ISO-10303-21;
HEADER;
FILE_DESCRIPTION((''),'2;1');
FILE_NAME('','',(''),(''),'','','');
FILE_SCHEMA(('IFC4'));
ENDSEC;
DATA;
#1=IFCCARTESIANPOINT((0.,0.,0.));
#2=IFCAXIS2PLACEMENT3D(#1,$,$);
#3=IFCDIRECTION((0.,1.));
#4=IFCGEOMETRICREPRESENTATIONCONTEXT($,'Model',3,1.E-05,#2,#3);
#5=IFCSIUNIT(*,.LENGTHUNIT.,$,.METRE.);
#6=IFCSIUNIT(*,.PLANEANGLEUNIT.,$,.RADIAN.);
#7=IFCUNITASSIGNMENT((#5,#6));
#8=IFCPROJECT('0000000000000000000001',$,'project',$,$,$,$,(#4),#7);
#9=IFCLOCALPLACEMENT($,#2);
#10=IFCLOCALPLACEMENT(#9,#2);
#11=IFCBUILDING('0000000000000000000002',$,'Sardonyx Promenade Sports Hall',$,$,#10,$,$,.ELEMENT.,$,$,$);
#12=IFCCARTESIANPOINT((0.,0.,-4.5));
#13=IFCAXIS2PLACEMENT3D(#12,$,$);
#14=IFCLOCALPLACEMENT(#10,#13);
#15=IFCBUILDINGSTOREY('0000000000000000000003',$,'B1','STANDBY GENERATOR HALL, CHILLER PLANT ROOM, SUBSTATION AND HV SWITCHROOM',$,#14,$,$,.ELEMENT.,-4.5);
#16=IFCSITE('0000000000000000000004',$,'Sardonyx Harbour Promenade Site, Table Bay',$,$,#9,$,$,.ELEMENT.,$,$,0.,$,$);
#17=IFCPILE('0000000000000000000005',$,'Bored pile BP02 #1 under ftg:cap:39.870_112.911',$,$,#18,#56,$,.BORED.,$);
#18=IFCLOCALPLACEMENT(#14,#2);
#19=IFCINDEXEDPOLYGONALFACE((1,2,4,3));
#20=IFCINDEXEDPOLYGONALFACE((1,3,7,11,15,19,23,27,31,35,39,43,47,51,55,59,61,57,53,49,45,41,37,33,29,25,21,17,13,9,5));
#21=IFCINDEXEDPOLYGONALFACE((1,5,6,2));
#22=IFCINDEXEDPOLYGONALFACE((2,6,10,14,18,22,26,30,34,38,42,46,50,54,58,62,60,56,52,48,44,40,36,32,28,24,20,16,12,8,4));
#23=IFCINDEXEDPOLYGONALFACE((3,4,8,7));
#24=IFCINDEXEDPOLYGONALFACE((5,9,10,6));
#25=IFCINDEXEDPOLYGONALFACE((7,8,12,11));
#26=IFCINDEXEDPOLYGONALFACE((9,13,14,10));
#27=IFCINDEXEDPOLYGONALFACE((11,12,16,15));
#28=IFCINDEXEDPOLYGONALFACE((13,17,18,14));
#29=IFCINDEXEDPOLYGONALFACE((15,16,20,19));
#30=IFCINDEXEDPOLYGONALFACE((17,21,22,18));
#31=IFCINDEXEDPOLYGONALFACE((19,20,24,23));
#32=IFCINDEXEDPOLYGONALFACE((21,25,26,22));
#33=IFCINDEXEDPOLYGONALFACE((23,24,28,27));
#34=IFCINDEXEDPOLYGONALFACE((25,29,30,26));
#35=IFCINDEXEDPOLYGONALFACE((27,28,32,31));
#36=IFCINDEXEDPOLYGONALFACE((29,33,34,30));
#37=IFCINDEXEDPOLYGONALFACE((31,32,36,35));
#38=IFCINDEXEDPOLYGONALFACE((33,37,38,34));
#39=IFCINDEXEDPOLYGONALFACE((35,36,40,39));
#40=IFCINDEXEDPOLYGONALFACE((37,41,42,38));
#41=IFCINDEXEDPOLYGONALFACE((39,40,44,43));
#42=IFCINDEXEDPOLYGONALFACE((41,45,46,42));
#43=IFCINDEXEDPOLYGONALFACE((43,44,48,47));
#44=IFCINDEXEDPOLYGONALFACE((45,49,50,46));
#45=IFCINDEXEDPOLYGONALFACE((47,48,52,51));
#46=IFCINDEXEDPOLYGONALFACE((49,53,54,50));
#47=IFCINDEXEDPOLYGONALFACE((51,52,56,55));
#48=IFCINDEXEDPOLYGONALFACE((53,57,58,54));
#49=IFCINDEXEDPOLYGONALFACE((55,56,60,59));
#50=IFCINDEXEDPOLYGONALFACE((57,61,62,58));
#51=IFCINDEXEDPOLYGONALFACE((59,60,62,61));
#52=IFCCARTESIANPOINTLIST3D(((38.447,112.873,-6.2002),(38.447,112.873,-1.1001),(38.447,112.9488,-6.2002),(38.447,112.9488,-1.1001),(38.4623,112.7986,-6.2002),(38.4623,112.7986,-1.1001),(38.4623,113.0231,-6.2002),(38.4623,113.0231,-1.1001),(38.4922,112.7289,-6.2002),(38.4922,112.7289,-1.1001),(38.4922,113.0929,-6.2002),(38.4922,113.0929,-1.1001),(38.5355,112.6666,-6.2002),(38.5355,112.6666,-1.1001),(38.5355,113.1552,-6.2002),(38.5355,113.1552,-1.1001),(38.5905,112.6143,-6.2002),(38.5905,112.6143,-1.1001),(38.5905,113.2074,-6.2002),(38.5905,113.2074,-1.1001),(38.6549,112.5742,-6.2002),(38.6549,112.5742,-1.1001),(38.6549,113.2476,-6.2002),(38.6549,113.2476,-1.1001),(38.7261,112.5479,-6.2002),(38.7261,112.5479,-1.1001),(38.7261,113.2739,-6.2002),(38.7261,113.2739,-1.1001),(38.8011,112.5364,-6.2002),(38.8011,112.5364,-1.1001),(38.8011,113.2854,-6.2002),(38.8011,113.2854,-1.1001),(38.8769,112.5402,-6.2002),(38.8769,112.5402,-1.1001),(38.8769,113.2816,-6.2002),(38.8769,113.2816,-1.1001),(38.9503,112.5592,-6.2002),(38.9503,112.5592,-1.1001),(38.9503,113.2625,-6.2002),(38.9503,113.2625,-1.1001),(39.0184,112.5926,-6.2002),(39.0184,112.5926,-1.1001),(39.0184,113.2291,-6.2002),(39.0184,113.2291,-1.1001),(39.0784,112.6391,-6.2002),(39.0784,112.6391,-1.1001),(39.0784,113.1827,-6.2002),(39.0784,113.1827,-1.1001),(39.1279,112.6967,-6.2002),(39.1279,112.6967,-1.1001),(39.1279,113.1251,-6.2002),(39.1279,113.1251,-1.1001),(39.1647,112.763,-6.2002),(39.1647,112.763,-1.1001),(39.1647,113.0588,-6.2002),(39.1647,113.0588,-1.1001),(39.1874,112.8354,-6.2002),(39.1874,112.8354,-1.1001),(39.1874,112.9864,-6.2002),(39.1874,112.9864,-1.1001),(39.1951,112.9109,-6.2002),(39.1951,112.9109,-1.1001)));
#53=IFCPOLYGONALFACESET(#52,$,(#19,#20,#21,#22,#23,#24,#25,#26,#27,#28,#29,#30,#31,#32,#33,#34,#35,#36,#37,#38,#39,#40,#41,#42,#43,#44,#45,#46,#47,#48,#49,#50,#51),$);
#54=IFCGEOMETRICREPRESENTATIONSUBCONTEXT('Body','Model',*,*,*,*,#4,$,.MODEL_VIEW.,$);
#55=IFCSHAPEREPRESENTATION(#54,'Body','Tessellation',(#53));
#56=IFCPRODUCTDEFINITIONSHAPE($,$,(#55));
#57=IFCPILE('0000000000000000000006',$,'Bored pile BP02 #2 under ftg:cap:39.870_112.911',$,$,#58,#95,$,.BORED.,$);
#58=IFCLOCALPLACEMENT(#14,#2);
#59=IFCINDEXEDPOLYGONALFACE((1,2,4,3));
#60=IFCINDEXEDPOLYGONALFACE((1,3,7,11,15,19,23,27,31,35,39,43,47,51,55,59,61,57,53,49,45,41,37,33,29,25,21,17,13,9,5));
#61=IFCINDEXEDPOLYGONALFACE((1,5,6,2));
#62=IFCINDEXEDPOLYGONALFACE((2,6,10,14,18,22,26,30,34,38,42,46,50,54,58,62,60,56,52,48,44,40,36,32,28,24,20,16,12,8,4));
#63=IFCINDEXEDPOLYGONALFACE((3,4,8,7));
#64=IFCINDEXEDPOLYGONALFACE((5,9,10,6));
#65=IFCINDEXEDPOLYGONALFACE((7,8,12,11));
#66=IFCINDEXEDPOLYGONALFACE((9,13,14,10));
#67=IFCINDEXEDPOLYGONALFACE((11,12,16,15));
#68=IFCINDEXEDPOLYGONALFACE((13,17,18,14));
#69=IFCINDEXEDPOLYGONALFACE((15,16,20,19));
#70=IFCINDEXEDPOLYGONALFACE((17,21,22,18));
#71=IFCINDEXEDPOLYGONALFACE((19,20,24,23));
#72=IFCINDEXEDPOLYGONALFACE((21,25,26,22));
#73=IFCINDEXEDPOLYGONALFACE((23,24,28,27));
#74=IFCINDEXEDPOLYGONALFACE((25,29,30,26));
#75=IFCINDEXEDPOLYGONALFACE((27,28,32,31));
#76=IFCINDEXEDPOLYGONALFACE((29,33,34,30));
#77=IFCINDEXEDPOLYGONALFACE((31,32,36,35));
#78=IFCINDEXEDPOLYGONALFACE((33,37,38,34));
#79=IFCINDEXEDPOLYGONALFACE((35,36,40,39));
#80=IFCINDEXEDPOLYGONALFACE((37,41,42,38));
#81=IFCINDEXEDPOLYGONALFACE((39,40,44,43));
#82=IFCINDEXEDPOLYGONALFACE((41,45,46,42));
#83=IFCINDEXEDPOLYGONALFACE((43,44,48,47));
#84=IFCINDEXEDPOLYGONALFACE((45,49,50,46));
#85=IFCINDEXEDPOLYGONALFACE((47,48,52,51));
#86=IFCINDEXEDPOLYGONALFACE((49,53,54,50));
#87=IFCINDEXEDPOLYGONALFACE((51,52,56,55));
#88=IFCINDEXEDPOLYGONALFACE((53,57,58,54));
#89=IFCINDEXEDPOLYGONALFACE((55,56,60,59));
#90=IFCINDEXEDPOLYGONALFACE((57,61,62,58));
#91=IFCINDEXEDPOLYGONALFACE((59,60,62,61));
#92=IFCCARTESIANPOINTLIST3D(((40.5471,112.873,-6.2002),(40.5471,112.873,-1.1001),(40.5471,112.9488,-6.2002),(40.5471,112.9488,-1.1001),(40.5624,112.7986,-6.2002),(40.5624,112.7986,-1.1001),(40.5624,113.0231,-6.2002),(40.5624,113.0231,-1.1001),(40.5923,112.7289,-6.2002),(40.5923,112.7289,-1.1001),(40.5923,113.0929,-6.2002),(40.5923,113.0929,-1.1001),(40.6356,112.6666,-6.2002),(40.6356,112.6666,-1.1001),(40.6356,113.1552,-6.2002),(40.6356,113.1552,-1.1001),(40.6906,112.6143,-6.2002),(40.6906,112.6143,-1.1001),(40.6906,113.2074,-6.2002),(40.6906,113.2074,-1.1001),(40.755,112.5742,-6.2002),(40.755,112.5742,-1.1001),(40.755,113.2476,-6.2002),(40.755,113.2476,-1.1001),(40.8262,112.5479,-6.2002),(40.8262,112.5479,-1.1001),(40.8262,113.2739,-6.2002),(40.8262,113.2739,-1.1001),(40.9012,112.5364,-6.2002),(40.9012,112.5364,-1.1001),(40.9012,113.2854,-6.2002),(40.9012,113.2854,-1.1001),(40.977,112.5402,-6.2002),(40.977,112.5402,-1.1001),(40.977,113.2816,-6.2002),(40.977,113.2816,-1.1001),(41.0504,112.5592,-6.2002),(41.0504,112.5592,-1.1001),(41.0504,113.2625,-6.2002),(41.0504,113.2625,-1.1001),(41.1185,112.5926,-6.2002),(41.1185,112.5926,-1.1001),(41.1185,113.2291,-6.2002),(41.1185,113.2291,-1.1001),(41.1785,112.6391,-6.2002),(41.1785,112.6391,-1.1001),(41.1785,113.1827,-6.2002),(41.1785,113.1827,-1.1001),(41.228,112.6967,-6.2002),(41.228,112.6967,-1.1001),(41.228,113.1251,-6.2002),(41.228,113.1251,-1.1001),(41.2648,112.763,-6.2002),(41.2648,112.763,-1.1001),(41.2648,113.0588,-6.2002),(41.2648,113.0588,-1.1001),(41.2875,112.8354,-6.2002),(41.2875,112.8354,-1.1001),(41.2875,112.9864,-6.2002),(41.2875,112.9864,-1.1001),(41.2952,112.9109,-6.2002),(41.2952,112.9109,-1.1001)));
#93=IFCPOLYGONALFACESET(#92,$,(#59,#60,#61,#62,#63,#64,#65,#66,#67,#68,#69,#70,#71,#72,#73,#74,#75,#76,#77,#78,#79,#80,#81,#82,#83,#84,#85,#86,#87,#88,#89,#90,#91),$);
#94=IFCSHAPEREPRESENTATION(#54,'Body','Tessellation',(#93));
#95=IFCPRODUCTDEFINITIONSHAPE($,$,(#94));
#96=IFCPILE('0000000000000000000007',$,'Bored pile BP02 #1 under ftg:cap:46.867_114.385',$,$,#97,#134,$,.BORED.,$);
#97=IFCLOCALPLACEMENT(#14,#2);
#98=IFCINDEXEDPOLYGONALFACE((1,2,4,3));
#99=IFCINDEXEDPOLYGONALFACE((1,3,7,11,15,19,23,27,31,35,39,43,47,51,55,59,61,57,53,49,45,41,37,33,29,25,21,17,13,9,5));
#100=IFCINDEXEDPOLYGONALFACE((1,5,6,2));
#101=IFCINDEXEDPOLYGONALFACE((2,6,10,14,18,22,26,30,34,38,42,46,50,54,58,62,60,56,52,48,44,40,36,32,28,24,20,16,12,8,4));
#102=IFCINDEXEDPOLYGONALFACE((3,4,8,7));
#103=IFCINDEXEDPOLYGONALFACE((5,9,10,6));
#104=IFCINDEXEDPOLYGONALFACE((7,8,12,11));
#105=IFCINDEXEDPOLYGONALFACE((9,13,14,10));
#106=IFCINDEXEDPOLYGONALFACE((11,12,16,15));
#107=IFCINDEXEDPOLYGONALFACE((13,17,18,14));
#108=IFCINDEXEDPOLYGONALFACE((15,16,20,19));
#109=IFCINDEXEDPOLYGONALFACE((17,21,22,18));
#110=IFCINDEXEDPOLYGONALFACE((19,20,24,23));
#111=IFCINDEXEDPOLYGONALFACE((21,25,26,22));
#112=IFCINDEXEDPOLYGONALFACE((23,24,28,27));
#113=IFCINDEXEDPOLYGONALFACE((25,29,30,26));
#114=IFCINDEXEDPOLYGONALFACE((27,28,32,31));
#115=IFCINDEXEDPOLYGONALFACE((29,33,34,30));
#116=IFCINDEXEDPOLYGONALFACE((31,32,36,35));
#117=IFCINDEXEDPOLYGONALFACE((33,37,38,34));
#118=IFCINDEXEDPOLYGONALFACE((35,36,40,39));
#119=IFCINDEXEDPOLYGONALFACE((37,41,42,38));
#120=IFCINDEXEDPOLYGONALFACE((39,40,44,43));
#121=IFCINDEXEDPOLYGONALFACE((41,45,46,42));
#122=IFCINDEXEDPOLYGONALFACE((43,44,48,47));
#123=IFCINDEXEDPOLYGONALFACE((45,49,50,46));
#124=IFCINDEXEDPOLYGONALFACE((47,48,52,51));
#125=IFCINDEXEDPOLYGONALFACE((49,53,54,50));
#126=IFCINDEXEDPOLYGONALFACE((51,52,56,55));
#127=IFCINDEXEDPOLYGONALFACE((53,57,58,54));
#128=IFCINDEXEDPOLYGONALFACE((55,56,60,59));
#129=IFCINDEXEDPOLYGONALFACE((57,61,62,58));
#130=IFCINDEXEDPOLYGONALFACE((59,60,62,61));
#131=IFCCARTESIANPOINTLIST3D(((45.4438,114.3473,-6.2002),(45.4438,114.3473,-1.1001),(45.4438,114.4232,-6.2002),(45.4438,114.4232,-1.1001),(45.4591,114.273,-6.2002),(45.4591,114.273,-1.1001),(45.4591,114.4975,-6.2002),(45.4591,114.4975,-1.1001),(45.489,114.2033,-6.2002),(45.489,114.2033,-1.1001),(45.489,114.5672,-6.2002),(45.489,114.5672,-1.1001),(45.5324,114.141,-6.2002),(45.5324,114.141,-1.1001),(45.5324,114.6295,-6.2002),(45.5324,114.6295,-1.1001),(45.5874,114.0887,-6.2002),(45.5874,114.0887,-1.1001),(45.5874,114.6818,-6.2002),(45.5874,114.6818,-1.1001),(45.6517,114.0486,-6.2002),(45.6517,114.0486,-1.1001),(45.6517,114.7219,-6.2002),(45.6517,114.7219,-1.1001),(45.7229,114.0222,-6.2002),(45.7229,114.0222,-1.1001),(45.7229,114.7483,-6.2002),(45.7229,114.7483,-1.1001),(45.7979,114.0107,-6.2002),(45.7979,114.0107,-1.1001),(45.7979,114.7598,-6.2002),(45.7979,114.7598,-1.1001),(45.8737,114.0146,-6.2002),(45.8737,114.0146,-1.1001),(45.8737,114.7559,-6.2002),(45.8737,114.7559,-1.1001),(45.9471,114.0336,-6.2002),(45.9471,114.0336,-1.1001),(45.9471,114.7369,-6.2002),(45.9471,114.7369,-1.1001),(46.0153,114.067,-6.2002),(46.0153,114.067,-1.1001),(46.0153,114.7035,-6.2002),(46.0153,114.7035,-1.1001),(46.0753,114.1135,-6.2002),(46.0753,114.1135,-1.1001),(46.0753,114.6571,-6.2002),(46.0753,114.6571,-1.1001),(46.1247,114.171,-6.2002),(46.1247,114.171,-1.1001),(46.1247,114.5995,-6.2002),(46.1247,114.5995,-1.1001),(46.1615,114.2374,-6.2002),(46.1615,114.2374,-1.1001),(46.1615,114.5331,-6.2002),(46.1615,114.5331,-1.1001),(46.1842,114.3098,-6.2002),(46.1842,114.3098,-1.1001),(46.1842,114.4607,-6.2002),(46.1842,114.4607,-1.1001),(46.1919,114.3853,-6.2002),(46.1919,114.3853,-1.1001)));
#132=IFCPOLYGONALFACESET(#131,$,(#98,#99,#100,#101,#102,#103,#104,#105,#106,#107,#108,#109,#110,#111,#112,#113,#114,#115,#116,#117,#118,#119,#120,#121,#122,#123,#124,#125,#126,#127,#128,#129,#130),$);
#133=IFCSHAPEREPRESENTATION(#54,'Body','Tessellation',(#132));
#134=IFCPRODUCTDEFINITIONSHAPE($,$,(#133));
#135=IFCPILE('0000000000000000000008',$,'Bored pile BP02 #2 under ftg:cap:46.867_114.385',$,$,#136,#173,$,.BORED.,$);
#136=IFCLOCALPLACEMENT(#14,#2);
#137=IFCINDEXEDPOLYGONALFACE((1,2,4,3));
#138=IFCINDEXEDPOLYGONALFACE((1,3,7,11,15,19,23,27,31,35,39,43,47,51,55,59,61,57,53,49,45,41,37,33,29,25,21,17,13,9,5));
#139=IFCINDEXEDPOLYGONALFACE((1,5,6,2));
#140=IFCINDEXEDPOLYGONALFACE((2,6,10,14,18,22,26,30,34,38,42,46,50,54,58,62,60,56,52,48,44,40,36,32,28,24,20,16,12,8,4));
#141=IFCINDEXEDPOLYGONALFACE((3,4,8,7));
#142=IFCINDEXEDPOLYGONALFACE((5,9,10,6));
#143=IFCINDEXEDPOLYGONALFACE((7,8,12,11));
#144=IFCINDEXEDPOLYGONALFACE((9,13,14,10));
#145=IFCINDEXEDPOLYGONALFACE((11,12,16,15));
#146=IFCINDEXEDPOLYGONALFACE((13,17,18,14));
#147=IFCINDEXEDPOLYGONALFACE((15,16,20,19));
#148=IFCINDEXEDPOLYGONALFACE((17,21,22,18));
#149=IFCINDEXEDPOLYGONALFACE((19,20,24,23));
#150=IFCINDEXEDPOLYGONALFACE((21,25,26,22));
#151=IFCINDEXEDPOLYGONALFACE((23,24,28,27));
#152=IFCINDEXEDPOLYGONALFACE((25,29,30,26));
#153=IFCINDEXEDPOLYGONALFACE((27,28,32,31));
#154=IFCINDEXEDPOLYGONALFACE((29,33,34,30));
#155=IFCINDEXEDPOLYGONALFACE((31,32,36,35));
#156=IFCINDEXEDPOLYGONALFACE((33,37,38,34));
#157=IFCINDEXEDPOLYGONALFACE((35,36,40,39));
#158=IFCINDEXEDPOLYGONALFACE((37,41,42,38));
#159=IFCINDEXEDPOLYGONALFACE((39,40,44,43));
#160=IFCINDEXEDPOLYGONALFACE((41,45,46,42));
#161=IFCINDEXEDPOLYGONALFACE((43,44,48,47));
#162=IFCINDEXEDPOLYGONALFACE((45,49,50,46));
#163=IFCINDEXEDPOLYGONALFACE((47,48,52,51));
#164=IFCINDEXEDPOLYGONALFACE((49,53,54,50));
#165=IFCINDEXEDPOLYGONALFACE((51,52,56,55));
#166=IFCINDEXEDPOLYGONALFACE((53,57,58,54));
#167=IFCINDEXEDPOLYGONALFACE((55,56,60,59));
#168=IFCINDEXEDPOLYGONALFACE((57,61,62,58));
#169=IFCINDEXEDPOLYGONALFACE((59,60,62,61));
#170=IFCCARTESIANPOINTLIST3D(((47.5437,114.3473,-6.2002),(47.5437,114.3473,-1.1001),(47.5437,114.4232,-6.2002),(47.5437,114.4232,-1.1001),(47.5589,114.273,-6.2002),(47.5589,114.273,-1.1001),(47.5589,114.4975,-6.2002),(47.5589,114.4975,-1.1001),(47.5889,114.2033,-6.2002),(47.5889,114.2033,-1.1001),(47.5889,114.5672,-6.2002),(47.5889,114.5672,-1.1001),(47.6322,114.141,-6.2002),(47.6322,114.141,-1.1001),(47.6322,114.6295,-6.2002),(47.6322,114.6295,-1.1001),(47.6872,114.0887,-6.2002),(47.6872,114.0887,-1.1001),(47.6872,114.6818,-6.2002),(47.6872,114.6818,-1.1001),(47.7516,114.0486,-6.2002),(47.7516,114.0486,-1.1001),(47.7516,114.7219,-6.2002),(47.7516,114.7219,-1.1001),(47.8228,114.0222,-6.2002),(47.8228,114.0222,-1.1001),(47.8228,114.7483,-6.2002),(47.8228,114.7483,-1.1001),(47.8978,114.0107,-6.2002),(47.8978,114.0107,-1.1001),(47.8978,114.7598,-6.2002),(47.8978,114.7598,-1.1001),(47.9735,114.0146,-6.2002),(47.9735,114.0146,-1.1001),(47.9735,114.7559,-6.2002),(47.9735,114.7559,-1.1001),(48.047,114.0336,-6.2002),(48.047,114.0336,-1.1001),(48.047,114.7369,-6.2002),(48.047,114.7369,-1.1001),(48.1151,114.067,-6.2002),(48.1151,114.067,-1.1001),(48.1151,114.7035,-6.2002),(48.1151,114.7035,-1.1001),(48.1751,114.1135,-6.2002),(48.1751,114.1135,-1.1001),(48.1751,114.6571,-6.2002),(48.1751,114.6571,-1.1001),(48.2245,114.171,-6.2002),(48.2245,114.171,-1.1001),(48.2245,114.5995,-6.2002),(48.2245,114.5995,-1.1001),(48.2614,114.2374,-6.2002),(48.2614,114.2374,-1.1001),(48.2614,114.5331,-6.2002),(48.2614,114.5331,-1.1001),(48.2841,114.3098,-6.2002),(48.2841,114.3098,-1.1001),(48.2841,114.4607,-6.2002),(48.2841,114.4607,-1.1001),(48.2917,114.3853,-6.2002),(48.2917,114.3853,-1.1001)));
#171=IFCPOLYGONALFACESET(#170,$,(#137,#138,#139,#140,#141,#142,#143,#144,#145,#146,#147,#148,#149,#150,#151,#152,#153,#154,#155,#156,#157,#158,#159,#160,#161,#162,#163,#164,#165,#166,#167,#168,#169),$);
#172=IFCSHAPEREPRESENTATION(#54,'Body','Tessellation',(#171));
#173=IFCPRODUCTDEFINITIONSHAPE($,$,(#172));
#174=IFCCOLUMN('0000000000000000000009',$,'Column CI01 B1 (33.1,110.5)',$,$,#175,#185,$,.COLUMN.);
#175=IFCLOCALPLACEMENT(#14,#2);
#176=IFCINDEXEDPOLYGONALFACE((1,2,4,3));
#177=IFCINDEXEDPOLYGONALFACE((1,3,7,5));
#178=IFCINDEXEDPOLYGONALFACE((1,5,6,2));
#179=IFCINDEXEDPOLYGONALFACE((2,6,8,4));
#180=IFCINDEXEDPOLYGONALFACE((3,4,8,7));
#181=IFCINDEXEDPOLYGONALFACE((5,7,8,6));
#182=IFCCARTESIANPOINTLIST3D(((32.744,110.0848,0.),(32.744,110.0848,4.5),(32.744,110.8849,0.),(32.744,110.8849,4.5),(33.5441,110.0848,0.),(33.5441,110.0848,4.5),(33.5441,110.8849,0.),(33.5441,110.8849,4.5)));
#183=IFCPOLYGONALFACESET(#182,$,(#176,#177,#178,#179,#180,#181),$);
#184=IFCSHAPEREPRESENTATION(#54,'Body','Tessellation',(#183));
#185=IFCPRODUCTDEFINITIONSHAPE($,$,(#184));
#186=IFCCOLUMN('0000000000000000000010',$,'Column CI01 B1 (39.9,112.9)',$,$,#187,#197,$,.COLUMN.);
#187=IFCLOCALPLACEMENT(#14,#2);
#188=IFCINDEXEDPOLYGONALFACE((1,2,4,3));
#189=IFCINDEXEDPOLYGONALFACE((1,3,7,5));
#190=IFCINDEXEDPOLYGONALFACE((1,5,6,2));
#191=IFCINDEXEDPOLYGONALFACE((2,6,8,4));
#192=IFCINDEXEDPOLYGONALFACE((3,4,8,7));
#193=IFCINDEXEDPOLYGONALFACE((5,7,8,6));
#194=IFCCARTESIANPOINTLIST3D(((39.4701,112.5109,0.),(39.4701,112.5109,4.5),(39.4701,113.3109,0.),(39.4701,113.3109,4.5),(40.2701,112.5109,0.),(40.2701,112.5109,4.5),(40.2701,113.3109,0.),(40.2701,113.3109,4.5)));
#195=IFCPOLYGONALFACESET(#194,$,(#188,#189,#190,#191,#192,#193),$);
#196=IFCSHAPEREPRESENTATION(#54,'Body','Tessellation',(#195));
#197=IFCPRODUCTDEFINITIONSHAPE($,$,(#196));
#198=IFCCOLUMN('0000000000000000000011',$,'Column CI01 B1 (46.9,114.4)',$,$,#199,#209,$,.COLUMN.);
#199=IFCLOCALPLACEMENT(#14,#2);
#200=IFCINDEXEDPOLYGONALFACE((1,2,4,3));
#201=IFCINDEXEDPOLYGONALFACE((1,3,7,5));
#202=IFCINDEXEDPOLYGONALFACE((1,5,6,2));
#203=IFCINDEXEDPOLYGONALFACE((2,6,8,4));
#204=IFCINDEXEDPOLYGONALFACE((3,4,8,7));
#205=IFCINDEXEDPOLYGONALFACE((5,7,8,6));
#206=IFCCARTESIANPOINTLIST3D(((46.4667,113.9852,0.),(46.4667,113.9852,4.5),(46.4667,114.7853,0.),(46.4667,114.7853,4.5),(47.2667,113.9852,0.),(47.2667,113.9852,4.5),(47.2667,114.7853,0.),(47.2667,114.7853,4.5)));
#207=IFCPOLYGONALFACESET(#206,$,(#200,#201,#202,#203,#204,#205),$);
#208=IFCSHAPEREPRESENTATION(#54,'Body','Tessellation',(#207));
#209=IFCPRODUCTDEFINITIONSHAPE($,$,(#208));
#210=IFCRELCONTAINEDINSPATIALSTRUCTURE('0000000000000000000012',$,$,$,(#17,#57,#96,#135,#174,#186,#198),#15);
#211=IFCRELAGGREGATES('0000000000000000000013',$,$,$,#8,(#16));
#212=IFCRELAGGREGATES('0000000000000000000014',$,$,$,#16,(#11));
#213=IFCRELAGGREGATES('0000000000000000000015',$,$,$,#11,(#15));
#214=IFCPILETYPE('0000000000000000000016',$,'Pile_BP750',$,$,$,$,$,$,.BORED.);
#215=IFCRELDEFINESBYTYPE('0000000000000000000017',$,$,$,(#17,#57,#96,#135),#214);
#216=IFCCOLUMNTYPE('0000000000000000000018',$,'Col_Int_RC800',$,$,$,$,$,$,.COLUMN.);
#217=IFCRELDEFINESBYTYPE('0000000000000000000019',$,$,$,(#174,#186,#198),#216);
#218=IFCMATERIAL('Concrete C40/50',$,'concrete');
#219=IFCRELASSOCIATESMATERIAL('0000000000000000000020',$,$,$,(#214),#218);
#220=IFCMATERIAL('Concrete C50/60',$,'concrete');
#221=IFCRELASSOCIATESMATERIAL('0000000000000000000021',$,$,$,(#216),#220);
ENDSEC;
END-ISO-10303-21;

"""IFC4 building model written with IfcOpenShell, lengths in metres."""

from ifc_helpers import new_model, si_unit, direction, frame, origin, origin_2d, place, context, subcontext, project, spatial, rectangle, circle, extrude, material, material_profile, profile_set, type_object, element, save


model = new_model("IFC4")

# Units and contexts
model_context = context("Model", 3, precision=1e-05, world=origin(), true_north=direction((0.0, 1.0)))
body_context = subcontext(model_context, "Body", "Model", "MODEL_VIEW")
ifc_project = project(units=[si_unit("LENGTHUNIT", "METRE"), si_unit("PLANEANGLEUNIT", "RADIAN")], contexts=[model_context])

# Site, building, storey
site_placement = place(None, origin())
site = spatial("IfcSite", under=ifc_project, at=site_placement, Name="Sardonyx Harbour Promenade Site, Table Bay", CompositionType="ELEMENT", RefElevation=0.0)
building_placement = place(site_placement, origin())
building = spatial("IfcBuilding", under=site, at=building_placement, Name="Sardonyx Promenade Sports Hall", CompositionType="ELEMENT")
storey_placement = place(building_placement, frame((0.0, 0.0, -4.5)))
storey = spatial("IfcBuildingStorey", under=building, at=storey_placement, Name="B1", Description="STANDBY GENERATOR HALL, CHILLER PLANT ROOM, SUBSTATION AND HV SWITCHROOM", CompositionType="ELEMENT", Elevation=-4.5)

# Piles
ifc_material_1 = material(Name="Concrete C40/50", Category="concrete")
ifc_material_profile_1 = material_profile(ifc_material_1, circle(Radius=0.375, at=origin_2d()))
ifc_profile_set_1 = profile_set([ifc_material_profile_1], Name="Concrete C40/50")
pile_type_1 = type_object("IfcPileType", Name="Pile_BP750", PredefinedType="BORED", material=ifc_profile_set_1)
for number, where, z_axis, x_axis, name in (
    (1, (38.8201, 112.9109, -1.1001), (0.0, 0.0, -1.0), (1.0, 0.0, 0.0), "Bored pile BP02 #1 under ftg:cap:39.870_112.911"),
    (2, (40.9202, 112.9109, -1.1001), (0.0, 0.0, -1.0), (1.0, 0.0, 0.0), "Bored pile BP02 #2 under ftg:cap:39.870_112.911"),
    (3, (45.8169, 114.3853, -1.1001), (0.0, 0.0, -1.0), (1.0, 0.0, 0.0), "Bored pile BP02 #1 under ftg:cap:46.867_114.385"),
    (4, (47.9167, 114.3853, -1.1001), (0.0, 0.0, -1.0), (1.0, 0.0, 0.0), "Bored pile BP02 #2 under ftg:cap:46.867_114.385"),
):
    element("IfcPile", number, at=place(storey_placement, frame(where, z_axis=z_axis, x_axis=x_axis)), inside=storey, type_object=pile_type_1, Name=name, PredefinedType="BORED", context=body_context, shape_type="SweptSolid", body=[
        extrude(circle(Radius=0.375, at=origin_2d()), origin(), (0.0, 0.0, 1.0), 5.1001),
    ])

# Columns
ifc_material_2 = material(Name="Concrete C50/60", Category="concrete")
ifc_material_profile_2 = material_profile(ifc_material_2, rectangle(XDim=0.8, YDim=0.8, at=origin_2d()))
ifc_profile_set_2 = profile_set([ifc_material_profile_2], Name="Concrete C50/60")
column_type = type_object("IfcColumnType", Name="Col_Int_RC800", PredefinedType="COLUMN", material=ifc_profile_set_2)
for number, where, z_axis, x_axis, name in (
    (5, (33.144, 110.4849, 0.0), (0.0, 0.0, 1.0), (1.0, 0.0, 0.0), "Column CI01 B1 (33.1,110.5)"),
    (6, (39.8701, 112.9109, 0.0), (0.0, 0.0, 1.0), (1.0, 0.0, 0.0), "Column CI01 B1 (39.9,112.9)"),
    (7, (46.8667, 114.3853, 0.0), (0.0, 0.0, 1.0), (1.0, 0.0, 0.0), "Column CI01 B1 (46.9,114.4)"),
):
    element("IfcColumn", number, at=place(storey_placement, frame(where, z_axis=z_axis, x_axis=x_axis)), inside=storey, type_object=column_type, Name=name, PredefinedType="COLUMN", context=body_context, shape_type="SweptSolid", body=[
        extrude(rectangle(XDim=0.8, YDim=0.8, at=origin_2d()), origin(), (0.0, 0.0, 1.0), 4.5),
    ])

save(model, "model.ifc")
